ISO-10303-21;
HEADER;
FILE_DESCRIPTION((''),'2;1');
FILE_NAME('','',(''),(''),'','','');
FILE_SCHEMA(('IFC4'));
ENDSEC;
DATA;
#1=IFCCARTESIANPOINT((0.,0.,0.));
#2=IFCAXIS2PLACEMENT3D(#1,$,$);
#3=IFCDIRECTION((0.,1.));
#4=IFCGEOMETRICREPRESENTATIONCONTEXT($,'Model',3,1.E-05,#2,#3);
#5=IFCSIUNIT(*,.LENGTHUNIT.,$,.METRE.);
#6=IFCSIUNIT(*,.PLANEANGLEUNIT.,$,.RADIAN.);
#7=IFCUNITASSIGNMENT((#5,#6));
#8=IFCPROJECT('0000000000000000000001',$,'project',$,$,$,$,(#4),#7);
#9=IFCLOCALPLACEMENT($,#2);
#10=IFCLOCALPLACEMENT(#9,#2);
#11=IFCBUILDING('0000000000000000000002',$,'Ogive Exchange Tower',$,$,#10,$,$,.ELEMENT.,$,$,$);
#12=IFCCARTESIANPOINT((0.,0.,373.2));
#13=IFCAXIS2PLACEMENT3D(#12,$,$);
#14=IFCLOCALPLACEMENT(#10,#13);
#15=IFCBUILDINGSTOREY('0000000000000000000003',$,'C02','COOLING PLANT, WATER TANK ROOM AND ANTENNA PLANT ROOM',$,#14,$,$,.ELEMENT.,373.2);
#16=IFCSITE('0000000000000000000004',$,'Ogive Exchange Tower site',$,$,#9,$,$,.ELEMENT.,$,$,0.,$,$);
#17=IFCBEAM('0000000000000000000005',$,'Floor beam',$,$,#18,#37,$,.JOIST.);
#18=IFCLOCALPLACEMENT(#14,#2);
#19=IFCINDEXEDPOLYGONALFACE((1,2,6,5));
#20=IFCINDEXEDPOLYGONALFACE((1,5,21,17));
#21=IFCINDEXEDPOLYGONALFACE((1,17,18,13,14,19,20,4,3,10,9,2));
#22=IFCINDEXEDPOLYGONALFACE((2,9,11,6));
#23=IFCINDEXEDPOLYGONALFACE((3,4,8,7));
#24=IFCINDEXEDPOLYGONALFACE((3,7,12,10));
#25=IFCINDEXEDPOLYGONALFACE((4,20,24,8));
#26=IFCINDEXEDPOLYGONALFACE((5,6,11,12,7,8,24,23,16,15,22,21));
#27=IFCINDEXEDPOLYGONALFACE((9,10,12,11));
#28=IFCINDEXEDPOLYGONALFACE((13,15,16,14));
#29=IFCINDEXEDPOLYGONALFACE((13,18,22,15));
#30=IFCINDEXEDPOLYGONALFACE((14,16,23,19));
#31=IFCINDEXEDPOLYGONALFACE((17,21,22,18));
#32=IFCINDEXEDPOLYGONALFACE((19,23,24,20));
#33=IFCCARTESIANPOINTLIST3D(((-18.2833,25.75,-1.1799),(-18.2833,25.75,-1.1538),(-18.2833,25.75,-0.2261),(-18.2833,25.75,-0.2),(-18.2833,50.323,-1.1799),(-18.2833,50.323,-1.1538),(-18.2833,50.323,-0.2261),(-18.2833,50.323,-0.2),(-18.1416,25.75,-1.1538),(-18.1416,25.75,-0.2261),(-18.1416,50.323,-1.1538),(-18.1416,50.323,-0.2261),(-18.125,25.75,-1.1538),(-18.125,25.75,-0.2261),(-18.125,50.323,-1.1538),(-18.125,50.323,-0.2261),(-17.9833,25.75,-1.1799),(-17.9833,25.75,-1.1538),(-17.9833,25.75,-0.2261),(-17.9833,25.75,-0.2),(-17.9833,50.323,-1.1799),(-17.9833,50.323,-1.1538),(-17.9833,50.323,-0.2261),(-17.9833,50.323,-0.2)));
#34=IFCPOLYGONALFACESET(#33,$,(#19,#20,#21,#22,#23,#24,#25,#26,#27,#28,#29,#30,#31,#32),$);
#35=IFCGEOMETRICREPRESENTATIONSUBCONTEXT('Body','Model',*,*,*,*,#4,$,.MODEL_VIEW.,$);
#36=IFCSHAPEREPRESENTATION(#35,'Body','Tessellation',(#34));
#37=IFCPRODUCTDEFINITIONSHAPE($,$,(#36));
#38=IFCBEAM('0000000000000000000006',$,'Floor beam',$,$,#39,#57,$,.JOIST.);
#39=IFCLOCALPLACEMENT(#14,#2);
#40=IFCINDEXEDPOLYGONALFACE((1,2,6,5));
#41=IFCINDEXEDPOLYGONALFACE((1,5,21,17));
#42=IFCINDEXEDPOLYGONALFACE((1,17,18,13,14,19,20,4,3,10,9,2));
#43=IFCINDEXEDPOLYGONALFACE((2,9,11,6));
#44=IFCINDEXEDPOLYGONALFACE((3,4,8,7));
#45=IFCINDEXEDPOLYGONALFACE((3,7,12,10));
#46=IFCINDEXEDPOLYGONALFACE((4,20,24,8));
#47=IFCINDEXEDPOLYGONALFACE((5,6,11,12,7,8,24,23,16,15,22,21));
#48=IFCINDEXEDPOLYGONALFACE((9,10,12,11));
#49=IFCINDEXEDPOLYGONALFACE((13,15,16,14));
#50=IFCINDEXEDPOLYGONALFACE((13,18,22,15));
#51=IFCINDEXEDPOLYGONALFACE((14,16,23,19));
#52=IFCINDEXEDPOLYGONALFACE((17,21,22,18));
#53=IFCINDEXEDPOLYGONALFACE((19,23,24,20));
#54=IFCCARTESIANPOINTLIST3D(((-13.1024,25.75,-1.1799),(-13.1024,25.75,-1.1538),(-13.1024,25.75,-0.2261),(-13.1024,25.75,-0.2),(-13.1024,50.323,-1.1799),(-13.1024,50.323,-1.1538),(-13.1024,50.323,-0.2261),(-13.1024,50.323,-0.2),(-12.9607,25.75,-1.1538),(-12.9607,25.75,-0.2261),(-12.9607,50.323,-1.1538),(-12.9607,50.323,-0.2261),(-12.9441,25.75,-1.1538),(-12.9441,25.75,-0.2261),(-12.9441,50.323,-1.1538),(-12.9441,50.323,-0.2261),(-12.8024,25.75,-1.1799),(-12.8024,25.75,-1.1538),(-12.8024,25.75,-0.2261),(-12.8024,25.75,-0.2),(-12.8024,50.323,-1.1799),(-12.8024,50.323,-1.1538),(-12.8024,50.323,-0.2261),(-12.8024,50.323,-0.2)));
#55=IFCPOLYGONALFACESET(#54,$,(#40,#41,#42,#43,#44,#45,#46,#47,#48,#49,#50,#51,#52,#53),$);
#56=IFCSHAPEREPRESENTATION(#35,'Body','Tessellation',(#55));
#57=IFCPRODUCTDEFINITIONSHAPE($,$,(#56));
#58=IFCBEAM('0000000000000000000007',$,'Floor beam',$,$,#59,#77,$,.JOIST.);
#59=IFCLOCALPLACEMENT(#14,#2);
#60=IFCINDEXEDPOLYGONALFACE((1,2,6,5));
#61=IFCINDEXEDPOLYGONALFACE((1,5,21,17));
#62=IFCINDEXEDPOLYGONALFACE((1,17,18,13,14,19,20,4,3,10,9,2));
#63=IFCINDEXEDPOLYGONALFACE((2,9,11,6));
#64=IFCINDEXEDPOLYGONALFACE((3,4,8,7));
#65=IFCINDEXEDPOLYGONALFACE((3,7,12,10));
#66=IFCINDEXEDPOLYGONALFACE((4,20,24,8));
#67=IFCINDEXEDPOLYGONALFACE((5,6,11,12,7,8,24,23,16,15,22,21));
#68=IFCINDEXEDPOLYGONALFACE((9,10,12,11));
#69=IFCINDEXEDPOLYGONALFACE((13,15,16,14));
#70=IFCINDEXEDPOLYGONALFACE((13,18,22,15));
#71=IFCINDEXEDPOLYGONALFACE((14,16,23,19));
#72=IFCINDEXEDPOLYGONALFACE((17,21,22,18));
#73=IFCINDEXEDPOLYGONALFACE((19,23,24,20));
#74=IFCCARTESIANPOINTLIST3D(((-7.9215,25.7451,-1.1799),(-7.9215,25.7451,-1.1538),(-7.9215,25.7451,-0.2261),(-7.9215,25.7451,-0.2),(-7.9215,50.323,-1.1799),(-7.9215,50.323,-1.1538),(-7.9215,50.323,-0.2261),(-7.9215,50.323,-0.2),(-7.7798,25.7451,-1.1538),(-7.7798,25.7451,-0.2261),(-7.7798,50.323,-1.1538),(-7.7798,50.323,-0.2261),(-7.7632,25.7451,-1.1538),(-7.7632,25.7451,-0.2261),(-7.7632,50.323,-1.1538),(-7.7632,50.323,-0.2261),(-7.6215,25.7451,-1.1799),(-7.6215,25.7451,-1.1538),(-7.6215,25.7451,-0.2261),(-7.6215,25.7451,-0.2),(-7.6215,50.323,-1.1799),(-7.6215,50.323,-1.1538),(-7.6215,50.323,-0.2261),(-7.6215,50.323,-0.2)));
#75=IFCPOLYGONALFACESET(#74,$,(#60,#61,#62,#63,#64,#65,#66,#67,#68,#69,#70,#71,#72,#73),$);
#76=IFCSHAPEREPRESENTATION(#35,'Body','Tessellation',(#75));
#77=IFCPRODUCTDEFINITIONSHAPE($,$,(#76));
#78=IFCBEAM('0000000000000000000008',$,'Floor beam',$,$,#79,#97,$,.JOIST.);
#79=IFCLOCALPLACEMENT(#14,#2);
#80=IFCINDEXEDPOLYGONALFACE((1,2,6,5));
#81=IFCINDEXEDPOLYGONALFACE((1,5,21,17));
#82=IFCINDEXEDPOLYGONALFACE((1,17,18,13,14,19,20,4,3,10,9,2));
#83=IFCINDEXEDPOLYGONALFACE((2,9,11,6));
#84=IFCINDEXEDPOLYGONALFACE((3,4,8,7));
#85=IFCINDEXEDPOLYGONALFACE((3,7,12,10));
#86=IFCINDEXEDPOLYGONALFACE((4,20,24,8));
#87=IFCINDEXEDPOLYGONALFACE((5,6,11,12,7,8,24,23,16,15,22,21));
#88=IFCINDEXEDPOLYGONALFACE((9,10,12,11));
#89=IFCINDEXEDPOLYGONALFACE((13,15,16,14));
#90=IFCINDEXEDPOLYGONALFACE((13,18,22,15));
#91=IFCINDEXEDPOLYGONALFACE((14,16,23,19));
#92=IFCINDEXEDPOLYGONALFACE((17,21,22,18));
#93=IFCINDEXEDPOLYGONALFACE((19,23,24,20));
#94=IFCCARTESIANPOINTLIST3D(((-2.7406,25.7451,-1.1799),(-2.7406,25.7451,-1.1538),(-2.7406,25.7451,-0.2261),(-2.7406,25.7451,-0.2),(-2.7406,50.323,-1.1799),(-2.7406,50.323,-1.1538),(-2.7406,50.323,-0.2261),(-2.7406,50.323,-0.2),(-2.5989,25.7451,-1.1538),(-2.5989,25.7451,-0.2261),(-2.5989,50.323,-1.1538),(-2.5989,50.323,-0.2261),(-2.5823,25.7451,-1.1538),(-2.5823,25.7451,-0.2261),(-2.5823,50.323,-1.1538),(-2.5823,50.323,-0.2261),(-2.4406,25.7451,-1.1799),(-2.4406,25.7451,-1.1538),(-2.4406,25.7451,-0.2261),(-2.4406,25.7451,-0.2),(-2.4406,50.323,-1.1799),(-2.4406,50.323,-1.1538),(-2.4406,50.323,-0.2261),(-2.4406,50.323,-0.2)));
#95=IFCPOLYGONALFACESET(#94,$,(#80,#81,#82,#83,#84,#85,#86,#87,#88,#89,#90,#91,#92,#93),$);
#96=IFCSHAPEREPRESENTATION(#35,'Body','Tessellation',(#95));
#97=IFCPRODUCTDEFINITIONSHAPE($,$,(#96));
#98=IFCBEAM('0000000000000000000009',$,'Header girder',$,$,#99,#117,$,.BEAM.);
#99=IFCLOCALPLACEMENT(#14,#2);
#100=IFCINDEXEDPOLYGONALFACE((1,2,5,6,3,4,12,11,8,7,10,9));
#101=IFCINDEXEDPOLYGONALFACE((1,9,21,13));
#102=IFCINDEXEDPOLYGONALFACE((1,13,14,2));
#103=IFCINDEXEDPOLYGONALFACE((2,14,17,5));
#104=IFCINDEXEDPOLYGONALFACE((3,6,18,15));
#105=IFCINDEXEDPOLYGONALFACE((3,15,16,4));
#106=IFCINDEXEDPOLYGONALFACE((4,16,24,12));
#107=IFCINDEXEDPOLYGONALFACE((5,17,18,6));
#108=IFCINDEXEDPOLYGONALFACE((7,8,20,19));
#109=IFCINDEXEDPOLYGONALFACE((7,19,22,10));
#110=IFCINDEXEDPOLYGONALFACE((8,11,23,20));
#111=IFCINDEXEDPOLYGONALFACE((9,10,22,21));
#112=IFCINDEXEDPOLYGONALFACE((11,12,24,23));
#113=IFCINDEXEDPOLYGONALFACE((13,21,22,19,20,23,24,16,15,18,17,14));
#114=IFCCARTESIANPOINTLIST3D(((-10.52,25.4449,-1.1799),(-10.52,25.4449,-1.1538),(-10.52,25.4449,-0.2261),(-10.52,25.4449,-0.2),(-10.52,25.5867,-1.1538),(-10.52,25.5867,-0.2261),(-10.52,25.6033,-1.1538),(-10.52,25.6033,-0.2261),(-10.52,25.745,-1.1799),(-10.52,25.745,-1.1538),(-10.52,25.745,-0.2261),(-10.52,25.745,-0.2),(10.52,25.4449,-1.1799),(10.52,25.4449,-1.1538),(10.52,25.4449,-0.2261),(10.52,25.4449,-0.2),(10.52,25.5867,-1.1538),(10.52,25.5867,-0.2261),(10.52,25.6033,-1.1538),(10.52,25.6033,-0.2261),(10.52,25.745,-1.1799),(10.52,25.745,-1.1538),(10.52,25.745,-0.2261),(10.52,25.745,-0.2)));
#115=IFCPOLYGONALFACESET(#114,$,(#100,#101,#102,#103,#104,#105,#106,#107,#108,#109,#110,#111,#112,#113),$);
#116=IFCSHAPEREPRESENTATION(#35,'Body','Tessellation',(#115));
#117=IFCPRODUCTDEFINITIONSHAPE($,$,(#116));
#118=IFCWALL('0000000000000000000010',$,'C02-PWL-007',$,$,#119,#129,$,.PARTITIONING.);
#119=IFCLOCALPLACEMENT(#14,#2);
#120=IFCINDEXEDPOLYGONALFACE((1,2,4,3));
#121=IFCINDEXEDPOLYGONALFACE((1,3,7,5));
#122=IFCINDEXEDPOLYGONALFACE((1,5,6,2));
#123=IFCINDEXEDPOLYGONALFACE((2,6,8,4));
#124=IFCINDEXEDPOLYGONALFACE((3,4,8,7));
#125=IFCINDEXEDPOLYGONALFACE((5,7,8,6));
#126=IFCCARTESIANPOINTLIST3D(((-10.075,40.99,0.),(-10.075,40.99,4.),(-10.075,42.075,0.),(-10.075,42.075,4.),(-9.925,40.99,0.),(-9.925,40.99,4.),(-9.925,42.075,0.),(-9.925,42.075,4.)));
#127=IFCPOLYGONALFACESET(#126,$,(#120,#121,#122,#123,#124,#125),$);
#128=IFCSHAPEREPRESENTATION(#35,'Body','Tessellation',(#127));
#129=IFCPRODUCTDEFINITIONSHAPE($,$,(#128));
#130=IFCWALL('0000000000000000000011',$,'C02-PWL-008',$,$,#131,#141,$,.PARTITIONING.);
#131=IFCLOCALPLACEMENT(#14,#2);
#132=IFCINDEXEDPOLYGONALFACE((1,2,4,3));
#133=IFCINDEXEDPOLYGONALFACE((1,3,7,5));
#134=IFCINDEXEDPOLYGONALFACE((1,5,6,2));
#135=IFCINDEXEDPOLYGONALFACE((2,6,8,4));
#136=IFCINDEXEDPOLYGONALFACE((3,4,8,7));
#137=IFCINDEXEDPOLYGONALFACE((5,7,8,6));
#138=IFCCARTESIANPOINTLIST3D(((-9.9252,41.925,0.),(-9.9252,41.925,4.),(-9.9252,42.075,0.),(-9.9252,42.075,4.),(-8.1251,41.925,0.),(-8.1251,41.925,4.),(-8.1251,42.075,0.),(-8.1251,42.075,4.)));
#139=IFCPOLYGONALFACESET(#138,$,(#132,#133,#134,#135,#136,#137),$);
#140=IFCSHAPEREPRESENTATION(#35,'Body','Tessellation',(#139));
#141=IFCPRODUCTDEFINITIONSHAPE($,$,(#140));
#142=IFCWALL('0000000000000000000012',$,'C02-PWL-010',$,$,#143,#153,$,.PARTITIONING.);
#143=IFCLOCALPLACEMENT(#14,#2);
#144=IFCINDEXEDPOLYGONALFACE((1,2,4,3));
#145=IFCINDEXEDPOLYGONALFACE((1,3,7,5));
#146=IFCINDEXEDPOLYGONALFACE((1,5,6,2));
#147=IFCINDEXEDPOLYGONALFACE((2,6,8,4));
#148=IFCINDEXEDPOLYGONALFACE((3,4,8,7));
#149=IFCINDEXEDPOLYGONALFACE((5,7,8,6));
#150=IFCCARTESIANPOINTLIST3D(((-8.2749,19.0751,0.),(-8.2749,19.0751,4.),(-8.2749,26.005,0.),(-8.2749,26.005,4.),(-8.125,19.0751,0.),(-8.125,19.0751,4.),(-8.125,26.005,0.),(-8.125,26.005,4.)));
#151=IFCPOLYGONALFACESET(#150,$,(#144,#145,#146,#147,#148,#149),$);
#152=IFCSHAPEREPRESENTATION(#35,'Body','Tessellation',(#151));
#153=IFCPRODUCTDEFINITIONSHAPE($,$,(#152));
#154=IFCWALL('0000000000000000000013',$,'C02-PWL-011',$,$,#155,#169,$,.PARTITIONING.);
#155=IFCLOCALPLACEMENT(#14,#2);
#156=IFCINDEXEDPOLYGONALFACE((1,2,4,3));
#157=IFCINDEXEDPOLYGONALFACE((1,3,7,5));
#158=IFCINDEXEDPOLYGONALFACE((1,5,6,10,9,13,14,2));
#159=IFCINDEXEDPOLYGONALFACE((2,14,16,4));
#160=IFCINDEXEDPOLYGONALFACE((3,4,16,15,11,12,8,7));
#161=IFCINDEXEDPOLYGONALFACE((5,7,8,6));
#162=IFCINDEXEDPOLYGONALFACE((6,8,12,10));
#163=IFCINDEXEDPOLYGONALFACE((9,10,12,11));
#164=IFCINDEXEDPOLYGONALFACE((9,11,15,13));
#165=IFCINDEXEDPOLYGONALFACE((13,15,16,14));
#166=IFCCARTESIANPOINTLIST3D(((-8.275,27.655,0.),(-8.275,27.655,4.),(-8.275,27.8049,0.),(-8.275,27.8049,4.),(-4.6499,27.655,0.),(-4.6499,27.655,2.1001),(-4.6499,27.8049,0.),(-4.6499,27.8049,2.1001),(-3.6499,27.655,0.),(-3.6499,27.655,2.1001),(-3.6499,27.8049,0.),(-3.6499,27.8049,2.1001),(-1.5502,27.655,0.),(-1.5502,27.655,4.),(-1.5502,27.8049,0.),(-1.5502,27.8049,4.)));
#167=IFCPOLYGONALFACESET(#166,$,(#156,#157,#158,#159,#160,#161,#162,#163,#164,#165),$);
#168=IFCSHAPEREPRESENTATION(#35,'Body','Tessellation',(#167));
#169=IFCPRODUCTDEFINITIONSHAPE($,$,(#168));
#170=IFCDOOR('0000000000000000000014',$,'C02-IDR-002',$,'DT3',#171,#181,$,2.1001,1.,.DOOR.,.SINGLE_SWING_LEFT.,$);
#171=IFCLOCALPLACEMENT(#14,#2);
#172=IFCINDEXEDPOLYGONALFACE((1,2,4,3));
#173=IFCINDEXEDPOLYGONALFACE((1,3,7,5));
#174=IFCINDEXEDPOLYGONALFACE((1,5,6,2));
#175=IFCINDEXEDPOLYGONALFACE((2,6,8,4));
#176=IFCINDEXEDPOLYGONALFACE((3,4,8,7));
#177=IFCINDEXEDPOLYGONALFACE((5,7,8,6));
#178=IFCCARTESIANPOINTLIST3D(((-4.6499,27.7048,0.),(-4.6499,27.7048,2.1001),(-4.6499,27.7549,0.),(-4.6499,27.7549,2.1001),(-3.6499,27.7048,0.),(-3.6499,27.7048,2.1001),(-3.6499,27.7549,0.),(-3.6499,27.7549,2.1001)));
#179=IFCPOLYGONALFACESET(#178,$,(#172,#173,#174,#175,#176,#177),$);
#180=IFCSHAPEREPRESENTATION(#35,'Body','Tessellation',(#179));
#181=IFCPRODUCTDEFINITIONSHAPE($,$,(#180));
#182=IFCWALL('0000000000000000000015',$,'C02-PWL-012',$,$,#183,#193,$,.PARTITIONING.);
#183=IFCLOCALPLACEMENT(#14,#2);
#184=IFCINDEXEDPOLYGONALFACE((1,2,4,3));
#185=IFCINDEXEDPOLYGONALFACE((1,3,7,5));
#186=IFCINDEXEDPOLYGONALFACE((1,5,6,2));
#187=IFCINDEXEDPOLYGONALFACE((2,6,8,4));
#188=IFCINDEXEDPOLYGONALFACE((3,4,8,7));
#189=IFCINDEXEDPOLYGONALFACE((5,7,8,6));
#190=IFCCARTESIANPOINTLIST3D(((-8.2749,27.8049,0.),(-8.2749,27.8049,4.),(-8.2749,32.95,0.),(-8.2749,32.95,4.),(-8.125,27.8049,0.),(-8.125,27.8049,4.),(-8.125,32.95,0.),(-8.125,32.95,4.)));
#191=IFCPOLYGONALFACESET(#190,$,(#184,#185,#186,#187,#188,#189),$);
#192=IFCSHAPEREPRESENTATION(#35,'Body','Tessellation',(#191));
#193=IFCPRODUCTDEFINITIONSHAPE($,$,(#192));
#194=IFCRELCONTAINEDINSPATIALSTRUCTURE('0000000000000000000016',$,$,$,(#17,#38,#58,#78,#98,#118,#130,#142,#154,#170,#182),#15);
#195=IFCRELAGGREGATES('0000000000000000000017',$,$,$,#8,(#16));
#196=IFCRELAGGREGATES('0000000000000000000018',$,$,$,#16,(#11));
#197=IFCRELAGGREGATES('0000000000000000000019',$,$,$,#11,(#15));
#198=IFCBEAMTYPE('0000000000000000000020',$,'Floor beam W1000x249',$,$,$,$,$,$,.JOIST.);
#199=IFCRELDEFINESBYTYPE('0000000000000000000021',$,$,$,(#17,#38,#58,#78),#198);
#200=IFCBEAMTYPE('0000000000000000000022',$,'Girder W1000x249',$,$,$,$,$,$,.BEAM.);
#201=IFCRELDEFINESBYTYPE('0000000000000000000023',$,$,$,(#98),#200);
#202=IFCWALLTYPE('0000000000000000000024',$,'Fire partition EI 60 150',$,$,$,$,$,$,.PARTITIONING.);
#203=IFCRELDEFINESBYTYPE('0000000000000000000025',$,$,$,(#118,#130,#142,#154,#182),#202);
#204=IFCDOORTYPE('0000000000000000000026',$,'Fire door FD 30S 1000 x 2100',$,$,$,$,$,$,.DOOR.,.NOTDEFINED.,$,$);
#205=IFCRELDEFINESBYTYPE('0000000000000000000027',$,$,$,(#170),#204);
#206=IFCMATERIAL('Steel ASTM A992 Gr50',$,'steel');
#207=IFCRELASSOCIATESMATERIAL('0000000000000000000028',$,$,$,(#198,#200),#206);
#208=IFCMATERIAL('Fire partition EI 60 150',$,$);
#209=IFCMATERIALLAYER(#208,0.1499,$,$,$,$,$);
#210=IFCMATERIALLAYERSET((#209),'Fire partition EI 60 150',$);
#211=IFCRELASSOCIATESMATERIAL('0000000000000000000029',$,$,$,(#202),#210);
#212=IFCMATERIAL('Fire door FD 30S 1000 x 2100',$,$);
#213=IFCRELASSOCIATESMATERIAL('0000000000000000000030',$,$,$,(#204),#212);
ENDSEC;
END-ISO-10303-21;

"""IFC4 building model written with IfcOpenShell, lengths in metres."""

from ifc_helpers import new_model, si_unit, direction, frame, frame_2d, origin, origin_2d, place, context, subcontext, project, spatial, rectangle, i_section, extrude, material, layer, layer_set, material_profile, profile_set, type_object, element, fill, save


model = new_model("IFC4")

# Units and contexts
model_context = context("Model", 3, precision=1e-05, world=origin(), true_north=direction((0.0, 1.0)))
body_context = subcontext(model_context, "Body", "Model", "MODEL_VIEW")
ifc_project = project(units=[si_unit("LENGTHUNIT", "METRE"), si_unit("PLANEANGLEUNIT", "RADIAN")], contexts=[model_context])

# Site, building, storey
site_placement = place(None, origin())
site = spatial("IfcSite", under=ifc_project, at=site_placement, Name="Ogive Exchange Tower site", CompositionType="ELEMENT", RefElevation=0.0)
building_placement = place(site_placement, origin())
building = spatial("IfcBuilding", under=site, at=building_placement, Name="Ogive Exchange Tower", CompositionType="ELEMENT")
storey_placement = place(building_placement, frame((0.0, 0.0, 373.2)))
storey = spatial("IfcBuildingStorey", under=building, at=storey_placement, Name="C02", Description="COOLING PLANT, WATER TANK ROOM AND ANTENNA PLANT ROOM", CompositionType="ELEMENT", Elevation=373.2)

# Beams
ifc_material_1 = material(Name="Steel ASTM A992 Gr50", Category="steel")
ifc_material_profile_1 = material_profile(ifc_material_1, i_section(OverallWidth=0.3, OverallDepth=0.98, WebThickness=0.0166, FlangeThickness=0.0261, at=origin_2d()), Name="W1000x249")
ifc_profile_set_1 = profile_set([ifc_material_profile_1], Name="Steel ASTM A992 Gr50")
beam_type_1 = type_object("IfcBeamType", Name="Floor beam W1000x249", PredefinedType="JOIST", material=ifc_profile_set_1)
for number, where, z_axis, x_axis, name in (
    (1, (-18.1333, 25.75, -0.6899), (0.0, 1.0, 0.0), (-1.0, 0.0, 0.0), "Floor beam"),
    (2, (-12.9524, 25.75, -0.6899), (0.0, 1.0, 0.0), (-1.0, 0.0, 0.0), "Floor beam"),
):
    element("IfcBeam", number, at=place(storey_placement, frame(where, z_axis=z_axis, x_axis=x_axis)), inside=storey, type_object=beam_type_1, Name=name, PredefinedType="JOIST", context=body_context, shape_type="SweptSolid", body=[
        extrude(i_section(OverallWidth=0.3, OverallDepth=0.98, WebThickness=0.0166, FlangeThickness=0.0261, at=origin_2d()), origin(), (0.0, 0.0, 1.0), 24.573),
    ])
for number, where, z_axis, x_axis, name in (
    (3, (-7.7715, 25.7451, -0.6899), (0.0, 1.0, 0.0), (-1.0, 0.0, 0.0), "Floor beam"),
    (4, (-2.5906, 25.7451, -0.6899), (0.0, 1.0, 0.0), (-1.0, 0.0, 0.0), "Floor beam"),
):
    element("IfcBeam", number, at=place(storey_placement, frame(where, z_axis=z_axis, x_axis=x_axis)), inside=storey, type_object=beam_type_1, Name=name, PredefinedType="JOIST", context=body_context, shape_type="SweptSolid", body=[
        extrude(i_section(OverallWidth=0.3, OverallDepth=0.98, WebThickness=0.0166, FlangeThickness=0.0261, at=origin_2d()), origin(), (0.0, 0.0, 1.0), 24.5779),
    ])
ifc_material_profile_2 = material_profile(ifc_material_1, i_section(OverallWidth=0.3, OverallDepth=0.98, WebThickness=0.0166, FlangeThickness=0.0261, at=origin_2d()), Name="W1000x249")
ifc_profile_set_2 = profile_set([ifc_material_profile_2], Name="Steel ASTM A992 Gr50")
beam_type_2 = type_object("IfcBeamType", Name="Girder W1000x249", PredefinedType="BEAM", material=ifc_profile_set_2)
beam_placement = place(storey_placement, frame((-10.52, 25.595, -0.6899), z_axis=(1.0, 0.0, 0.0), x_axis=(0.0, 1.0, 0.0)))
element("IfcBeam", 5, at=beam_placement, inside=storey, type_object=beam_type_2, Name="Header girder", PredefinedType="BEAM", context=body_context, shape_type="SweptSolid", body=[
    extrude(i_section(OverallWidth=0.3, OverallDepth=0.98, WebThickness=0.0166, FlangeThickness=0.0261, at=origin_2d()), origin(), (0.0, 0.0, 1.0), 21.04),
])

# Walls
ifc_material_2 = material(Name="Fire partition EI 60 150")
ifc_layer_1 = layer(ifc_material_2, 0.1499)
ifc_layer_set_1 = layer_set([ifc_layer_1], Name="Fire partition EI 60 150")
wall_type_1 = type_object("IfcWallType", Name="Fire partition EI 60 150", PredefinedType="PARTITIONING", material=ifc_layer_set_1)
wall_1_placement = place(storey_placement, frame((-10.0, 40.99, 0.0), z_axis=(0.0, 0.0, 1.0), x_axis=(0.0, 1.0, 0.0)))
element("IfcWall", 6, at=wall_1_placement, inside=storey, type_object=wall_type_1, Name="C02-PWL-007", PredefinedType="PARTITIONING", context=body_context, shape_type="SweptSolid", body=[
    extrude(rectangle(XDim=1.085, YDim=0.1499, at=frame_2d((0.5425, 0.0))), origin(), (0.0, 0.0, 1.0), 4.0),
])
wall_2_placement = place(storey_placement, frame((-9.925, 42.0, 0.0), z_axis=(0.0, 0.0, 1.0), x_axis=(1.0, 0.0, 0.0)))
element("IfcWall", 7, at=wall_2_placement, inside=storey, type_object=wall_type_1, Name="C02-PWL-008", PredefinedType="PARTITIONING", context=body_context, shape_type="SweptSolid", body=[
    extrude(rectangle(XDim=1.8, YDim=0.1499, at=frame_2d((0.8999, 0.0))), origin(), (0.0, 0.0, 1.0), 4.0),
])
wall_3_placement = place(storey_placement, frame((-8.2, 26.0049, 0.0), z_axis=(0.0, 0.0, 1.0), x_axis=(0.0, -1.0, 0.0)))
element("IfcWall", 8, at=wall_3_placement, inside=storey, type_object=wall_type_1, Name="C02-PWL-010", PredefinedType="PARTITIONING", context=body_context, shape_type="SweptSolid", body=[
    extrude(rectangle(XDim=6.9299, YDim=0.1499, at=frame_2d((3.4648, 0.0))), origin(), (0.0, 0.0, 1.0), 4.0),
])

# Wall, opening, door
wall_4_placement = place(storey_placement, frame((-8.2749, 27.73, 0.0), z_axis=(0.0, 0.0, 1.0), x_axis=(1.0, 0.0, 0.0)))
wall_4 = element("IfcWall", 9, at=wall_4_placement, inside=storey, type_object=wall_type_1, Name="C02-PWL-011", PredefinedType="PARTITIONING", context=body_context, shape_type="SweptSolid", body=[
    extrude(rectangle(XDim=6.7249, YDim=0.1499, at=frame_2d((3.3623, 0.0))), origin(), (0.0, 0.0, 1.0), 4.0),
])
opening_1_placement = place(wall_4_placement, frame((3.625, 0.0, 0.0)))
opening_1 = element("IfcOpeningElement", 10, at=opening_1_placement, cuts=wall_4, PredefinedType="OPENING", context=body_context, shape_type="SweptSolid", body=[
    extrude(rectangle(XDim=1.0, YDim=2.1001, at=frame_2d((0.5, 1.05))), frame((0.0, 0.085, 0.0), z_axis=(0.0, -1.0, 0.0), x_axis=(1.0, 0.0, 0.0)), (0.0, 0.0, 1.0), 0.1699),
])
ifc_material_3 = material(Name="Fire door FD 30S 1000 x 2100")
door_type_1 = type_object("IfcDoorType", Name="Fire door FD 30S 1000 x 2100", OperationType="NOTDEFINED", PredefinedType="DOOR", material=ifc_material_3)
door_1_placement = place(opening_1_placement, origin())
door_1 = element("IfcDoor", 11, at=door_1_placement, inside=storey, type_object=door_type_1, Name="C02-IDR-002", ObjectType="DT3", OperationType="SINGLE_SWING_LEFT", OverallHeight=2.1001, OverallWidth=1.0, PredefinedType="DOOR", context=body_context, shape_type="SweptSolid", body=[
    extrude(rectangle(XDim=1.0, YDim=2.1001, at=frame_2d((0.5, 1.05))), frame((0.0, 0.0249, 0.0), z_axis=(0.0, -1.0, 0.0), x_axis=(1.0, 0.0, 0.0)), (0.0, 0.0, 1.0), 0.05),
])
fill(opening_1, door_1)

# Wall
wall_5_placement = place(storey_placement, frame((-8.2, 32.95, 0.0), z_axis=(0.0, 0.0, 1.0), x_axis=(0.0, -1.0, 0.0)))
element("IfcWall", 12, at=wall_5_placement, inside=storey, type_object=wall_type_1, Name="C02-PWL-012", PredefinedType="PARTITIONING", context=body_context, shape_type="SweptSolid", body=[
    extrude(rectangle(XDim=5.145, YDim=0.1499, at=frame_2d((2.5725, 0.0))), origin(), (0.0, 0.0, 1.0), 4.0),
])

save(model, "model.ifc")
